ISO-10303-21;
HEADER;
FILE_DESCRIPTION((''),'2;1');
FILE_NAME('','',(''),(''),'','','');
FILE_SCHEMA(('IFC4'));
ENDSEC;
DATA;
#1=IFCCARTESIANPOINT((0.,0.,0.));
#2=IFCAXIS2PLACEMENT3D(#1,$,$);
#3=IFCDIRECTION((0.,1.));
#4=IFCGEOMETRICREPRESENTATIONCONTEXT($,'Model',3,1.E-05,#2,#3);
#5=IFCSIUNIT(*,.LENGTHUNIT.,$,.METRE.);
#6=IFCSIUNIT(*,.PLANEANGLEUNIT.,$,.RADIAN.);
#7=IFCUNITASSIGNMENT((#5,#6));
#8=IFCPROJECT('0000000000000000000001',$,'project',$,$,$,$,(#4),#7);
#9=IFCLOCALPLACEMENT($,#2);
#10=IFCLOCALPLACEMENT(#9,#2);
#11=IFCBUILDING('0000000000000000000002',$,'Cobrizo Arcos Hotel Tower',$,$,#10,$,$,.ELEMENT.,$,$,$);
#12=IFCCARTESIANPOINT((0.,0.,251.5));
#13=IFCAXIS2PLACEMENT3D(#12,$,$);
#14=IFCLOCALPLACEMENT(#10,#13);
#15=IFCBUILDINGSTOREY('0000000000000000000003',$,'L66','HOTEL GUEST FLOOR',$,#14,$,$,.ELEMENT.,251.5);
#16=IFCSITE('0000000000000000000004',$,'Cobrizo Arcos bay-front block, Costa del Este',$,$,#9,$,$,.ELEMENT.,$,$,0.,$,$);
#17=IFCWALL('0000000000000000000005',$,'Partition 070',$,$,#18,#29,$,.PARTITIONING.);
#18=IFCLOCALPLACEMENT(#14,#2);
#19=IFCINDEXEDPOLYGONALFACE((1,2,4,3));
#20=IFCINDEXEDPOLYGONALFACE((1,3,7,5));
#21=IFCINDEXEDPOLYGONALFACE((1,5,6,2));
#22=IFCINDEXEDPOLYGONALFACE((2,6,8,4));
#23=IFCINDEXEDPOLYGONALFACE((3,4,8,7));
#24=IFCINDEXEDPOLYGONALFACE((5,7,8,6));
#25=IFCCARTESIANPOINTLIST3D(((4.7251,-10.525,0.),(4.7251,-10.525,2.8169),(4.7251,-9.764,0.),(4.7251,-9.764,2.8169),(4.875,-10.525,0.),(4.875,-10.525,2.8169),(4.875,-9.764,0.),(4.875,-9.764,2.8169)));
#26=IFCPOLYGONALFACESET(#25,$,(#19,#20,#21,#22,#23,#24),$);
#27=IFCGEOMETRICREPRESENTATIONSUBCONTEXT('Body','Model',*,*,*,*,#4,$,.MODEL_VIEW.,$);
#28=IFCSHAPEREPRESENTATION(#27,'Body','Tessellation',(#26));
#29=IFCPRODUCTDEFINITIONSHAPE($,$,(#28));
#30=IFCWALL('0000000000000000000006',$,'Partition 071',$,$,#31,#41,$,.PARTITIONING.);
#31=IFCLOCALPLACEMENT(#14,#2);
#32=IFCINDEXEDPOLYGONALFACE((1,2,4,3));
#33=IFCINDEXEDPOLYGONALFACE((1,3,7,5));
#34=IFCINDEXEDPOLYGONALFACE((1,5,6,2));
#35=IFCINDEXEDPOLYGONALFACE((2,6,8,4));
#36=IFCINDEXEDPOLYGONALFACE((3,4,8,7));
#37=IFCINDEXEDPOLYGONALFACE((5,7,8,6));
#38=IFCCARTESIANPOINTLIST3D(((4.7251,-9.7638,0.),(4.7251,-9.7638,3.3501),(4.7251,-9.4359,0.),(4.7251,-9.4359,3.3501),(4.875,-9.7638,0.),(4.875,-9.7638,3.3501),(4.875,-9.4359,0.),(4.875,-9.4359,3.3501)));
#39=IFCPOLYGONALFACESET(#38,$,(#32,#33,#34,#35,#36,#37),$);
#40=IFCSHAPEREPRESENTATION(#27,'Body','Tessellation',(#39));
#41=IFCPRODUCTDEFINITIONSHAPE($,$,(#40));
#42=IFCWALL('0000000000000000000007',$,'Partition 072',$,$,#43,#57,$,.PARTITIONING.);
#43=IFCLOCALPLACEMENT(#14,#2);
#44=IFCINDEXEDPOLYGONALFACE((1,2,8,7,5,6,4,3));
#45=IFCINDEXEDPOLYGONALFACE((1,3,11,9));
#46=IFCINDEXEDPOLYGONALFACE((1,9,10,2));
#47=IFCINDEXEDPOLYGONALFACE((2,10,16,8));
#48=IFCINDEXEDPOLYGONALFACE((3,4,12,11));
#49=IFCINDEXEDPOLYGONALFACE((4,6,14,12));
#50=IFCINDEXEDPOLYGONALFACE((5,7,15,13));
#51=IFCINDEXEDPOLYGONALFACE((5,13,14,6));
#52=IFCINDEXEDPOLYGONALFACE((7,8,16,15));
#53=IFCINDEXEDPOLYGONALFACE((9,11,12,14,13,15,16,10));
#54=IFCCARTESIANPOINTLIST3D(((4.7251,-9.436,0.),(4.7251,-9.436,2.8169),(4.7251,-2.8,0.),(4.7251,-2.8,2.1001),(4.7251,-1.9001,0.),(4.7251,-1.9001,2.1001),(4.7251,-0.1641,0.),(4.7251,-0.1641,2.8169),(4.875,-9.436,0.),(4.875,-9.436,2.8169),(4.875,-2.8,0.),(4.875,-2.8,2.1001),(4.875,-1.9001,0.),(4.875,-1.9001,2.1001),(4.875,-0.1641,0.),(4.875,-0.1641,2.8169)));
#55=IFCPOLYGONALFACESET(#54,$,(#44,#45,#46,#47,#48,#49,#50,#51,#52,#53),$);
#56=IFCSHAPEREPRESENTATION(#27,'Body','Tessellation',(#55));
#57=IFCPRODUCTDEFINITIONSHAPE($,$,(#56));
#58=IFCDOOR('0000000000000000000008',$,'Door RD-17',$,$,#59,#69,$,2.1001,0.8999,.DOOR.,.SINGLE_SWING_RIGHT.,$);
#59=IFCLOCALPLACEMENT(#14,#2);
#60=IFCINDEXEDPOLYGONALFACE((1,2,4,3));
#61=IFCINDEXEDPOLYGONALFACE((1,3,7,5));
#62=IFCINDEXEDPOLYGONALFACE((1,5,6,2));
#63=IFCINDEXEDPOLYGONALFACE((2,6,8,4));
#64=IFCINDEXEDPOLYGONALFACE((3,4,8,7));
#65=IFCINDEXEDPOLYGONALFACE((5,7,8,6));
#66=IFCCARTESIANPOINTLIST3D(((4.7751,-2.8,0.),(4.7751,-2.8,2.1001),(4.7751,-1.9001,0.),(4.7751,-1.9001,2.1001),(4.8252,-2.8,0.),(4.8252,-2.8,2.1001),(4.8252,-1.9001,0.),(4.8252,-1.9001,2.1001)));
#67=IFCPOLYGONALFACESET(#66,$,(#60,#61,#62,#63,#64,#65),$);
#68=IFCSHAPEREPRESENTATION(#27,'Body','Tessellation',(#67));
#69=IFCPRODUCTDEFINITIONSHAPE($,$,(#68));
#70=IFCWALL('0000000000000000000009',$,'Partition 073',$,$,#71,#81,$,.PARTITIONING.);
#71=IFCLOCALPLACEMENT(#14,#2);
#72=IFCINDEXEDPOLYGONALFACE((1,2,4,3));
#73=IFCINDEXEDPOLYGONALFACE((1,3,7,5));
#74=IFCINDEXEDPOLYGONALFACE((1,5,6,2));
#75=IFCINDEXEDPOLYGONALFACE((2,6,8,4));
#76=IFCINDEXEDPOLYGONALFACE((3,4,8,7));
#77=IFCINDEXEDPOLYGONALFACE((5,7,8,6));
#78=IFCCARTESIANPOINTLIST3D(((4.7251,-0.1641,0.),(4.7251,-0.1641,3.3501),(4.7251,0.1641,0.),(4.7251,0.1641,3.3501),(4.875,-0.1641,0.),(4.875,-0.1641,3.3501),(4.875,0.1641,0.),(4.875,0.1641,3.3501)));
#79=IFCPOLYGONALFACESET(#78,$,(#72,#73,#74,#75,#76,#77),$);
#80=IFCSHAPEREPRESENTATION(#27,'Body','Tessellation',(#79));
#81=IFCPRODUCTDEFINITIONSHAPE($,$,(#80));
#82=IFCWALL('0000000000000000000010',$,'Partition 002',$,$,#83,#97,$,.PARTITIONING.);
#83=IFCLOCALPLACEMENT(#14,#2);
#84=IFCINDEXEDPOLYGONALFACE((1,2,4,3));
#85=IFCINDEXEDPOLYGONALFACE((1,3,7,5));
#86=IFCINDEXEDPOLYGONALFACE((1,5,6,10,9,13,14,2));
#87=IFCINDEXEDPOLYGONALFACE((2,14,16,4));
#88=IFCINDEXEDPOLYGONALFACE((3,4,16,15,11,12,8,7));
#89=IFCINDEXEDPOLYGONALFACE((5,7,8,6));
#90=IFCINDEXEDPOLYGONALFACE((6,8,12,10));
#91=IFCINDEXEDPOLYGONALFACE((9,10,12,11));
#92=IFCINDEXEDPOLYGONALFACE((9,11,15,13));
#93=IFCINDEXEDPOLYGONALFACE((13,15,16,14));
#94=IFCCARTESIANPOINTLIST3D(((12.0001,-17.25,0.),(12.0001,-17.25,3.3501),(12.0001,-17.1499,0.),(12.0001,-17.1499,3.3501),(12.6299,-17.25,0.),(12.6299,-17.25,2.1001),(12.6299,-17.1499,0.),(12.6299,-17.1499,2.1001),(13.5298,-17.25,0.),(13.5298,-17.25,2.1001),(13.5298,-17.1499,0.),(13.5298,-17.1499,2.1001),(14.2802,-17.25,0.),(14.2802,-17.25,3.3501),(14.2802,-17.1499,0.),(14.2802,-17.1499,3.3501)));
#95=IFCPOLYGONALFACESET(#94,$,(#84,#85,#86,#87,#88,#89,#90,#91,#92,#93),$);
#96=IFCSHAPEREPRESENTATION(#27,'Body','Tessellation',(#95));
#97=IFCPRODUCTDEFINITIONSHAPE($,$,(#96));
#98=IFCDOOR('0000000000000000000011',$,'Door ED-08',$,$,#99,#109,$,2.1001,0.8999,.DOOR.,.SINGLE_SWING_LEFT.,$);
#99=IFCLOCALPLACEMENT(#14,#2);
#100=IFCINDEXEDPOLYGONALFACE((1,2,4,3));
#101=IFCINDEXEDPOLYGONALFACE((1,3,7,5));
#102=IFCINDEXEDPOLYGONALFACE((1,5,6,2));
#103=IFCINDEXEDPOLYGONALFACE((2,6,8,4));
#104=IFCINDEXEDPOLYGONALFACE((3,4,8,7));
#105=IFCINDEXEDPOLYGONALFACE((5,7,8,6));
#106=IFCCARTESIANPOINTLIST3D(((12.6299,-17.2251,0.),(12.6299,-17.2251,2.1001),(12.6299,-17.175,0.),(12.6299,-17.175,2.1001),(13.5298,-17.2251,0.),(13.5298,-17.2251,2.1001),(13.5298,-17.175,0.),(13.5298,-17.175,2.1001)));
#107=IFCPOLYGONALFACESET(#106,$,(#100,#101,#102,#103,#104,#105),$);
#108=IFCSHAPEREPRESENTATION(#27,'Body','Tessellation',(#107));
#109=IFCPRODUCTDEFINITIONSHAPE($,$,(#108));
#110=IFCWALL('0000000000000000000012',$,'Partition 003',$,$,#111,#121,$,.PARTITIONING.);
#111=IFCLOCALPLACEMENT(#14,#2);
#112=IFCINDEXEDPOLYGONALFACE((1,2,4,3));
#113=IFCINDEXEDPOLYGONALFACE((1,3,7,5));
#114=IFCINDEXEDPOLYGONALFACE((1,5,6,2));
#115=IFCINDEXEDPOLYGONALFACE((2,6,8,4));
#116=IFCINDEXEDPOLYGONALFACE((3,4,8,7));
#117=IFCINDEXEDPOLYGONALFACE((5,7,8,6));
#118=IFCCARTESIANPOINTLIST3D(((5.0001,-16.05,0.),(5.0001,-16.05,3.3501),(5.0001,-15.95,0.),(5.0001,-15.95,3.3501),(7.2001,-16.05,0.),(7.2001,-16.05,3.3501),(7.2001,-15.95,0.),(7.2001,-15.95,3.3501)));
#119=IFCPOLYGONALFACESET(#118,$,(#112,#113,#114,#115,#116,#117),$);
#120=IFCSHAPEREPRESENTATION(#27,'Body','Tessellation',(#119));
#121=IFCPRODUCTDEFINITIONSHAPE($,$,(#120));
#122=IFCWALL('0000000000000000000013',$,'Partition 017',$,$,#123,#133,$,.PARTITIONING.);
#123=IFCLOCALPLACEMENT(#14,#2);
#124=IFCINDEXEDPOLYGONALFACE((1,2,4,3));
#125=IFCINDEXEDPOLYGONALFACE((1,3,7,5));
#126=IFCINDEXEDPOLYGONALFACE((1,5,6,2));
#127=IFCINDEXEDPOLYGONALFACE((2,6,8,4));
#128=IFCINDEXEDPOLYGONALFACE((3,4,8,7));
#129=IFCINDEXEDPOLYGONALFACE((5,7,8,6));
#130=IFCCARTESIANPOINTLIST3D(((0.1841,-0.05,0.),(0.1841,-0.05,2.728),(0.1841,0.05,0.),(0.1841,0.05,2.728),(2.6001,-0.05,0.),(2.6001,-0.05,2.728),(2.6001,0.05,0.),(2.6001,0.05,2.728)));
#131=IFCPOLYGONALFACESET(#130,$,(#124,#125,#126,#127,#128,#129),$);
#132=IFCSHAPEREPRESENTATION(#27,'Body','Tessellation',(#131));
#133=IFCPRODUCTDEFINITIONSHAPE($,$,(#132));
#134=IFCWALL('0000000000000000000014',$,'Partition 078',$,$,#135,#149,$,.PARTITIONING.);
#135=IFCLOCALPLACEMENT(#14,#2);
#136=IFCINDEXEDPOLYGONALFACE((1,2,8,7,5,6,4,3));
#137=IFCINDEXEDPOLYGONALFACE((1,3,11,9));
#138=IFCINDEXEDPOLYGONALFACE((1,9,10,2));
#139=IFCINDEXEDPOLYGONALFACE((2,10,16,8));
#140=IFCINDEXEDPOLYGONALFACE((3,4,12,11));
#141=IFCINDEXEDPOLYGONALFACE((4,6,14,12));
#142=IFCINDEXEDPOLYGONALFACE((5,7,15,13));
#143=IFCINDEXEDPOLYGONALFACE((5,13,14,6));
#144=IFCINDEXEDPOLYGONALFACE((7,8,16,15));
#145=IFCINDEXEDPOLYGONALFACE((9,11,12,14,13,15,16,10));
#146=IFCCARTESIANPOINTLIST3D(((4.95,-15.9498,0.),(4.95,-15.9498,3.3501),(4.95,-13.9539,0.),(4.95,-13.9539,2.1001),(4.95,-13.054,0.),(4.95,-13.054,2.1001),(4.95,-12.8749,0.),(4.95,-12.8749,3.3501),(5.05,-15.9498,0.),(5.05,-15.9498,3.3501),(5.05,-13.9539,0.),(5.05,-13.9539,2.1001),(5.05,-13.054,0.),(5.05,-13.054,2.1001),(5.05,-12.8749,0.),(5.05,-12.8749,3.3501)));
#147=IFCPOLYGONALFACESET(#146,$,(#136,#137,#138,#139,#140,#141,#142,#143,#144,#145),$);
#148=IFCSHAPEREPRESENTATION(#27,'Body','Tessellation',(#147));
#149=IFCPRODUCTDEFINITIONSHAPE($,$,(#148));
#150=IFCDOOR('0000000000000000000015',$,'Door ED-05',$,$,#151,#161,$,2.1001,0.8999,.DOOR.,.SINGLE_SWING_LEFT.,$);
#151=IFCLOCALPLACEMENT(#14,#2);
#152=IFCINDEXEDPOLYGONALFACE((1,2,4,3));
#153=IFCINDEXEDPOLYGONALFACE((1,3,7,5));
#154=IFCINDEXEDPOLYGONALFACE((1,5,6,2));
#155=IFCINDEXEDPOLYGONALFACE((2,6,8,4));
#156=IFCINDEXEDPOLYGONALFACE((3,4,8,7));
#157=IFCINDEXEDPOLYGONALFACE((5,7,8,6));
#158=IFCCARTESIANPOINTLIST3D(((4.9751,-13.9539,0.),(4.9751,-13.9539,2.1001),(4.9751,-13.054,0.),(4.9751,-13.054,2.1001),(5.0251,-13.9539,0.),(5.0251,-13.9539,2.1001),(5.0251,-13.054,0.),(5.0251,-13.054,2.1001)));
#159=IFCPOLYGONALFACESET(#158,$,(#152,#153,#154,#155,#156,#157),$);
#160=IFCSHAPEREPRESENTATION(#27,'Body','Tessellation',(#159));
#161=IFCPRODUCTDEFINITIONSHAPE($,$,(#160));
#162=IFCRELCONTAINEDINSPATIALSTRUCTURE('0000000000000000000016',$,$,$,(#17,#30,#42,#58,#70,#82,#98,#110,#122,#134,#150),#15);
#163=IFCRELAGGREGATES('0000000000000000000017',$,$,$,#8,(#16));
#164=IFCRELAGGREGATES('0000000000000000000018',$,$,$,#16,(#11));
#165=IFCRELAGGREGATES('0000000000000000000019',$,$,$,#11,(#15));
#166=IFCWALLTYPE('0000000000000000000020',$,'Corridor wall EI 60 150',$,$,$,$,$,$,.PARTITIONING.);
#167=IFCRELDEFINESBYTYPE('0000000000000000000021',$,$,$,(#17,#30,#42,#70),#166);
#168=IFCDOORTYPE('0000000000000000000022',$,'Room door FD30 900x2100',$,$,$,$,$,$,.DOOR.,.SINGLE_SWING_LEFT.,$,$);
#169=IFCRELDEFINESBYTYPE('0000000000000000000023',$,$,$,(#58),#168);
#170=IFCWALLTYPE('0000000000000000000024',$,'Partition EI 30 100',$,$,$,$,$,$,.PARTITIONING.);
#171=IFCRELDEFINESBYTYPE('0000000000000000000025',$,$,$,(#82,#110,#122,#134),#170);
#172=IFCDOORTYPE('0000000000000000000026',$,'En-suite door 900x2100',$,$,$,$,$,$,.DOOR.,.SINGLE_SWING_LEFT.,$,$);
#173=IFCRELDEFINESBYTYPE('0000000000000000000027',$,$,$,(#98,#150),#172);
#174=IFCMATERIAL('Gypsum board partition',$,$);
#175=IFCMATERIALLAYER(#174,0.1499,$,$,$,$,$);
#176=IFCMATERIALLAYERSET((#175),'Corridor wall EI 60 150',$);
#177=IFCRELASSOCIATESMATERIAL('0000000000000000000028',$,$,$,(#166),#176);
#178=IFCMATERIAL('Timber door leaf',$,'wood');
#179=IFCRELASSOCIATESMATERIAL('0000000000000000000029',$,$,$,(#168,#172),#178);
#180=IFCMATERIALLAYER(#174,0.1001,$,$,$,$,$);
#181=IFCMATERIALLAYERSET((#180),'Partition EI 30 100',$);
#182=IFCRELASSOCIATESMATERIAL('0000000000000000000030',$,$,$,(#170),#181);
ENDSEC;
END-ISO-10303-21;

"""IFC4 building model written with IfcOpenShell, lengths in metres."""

from ifc_helpers import new_model, si_unit, direction, frame, frame_2d, origin, place, context, subcontext, project, spatial, rectangle, extrude, material, layer, layer_set, type_object, element, fill, save


model = new_model("IFC4")

# Units and contexts
model_context = context("Model", 3, precision=1e-05, world=origin(), true_north=direction((0.0, 1.0)))
body_context = subcontext(model_context, "Body", "Model", "MODEL_VIEW")
ifc_project = project(units=[si_unit("LENGTHUNIT", "METRE"), si_unit("PLANEANGLEUNIT", "RADIAN")], contexts=[model_context])

# Site, building, storey
site_placement = place(None, origin())
site = spatial("IfcSite", under=ifc_project, at=site_placement, Name="Cobrizo Arcos bay-front block, Costa del Este", CompositionType="ELEMENT", RefElevation=0.0)
building_placement = place(site_placement, origin())
building = spatial("IfcBuilding", under=site, at=building_placement, Name="Cobrizo Arcos Hotel Tower", CompositionType="ELEMENT")
storey_placement = place(building_placement, frame((0.0, 0.0, 251.5)))
storey = spatial("IfcBuildingStorey", under=building, at=storey_placement, Name="L66", Description="HOTEL GUEST FLOOR", CompositionType="ELEMENT", Elevation=251.5)

# Walls
ifc_material_1 = material(Name="Gypsum board partition")
ifc_layer_1 = layer(ifc_material_1, 0.1499)
ifc_layer_set_1 = layer_set([ifc_layer_1], Name="Corridor wall EI 60 150")
wall_type_1 = type_object("IfcWallType", Name="Corridor wall EI 60 150", PredefinedType="PARTITIONING", material=ifc_layer_set_1)
wall_1_placement = place(storey_placement, frame((4.8, -10.5249, 0.0), z_axis=(0.0, 0.0, 1.0), x_axis=(0.0, 1.0, 0.0)))
element("IfcWall", 1, at=wall_1_placement, inside=storey, type_object=wall_type_1, Name="Partition 070", PredefinedType="PARTITIONING", context=body_context, shape_type="SweptSolid", body=[
    extrude(rectangle(XDim=0.761, YDim=0.1499, at=frame_2d((0.3804, 0.0))), origin(), (0.0, 0.0, 1.0), 2.8169),
])
wall_2_placement = place(storey_placement, frame((4.8, -9.7639, 0.0), z_axis=(0.0, 0.0, 1.0), x_axis=(0.0, 1.0, 0.0)))
element("IfcWall", 2, at=wall_2_placement, inside=storey, type_object=wall_type_1, Name="Partition 071", PredefinedType="PARTITIONING", context=body_context, shape_type="SweptSolid", body=[
    extrude(rectangle(XDim=0.3279, YDim=0.1499, at=frame_2d((0.1641, 0.0))), origin(), (0.0, 0.0, 1.0), 3.3501),
])

# Wall, opening, door
wall_3_placement = place(storey_placement, frame((4.8, -9.436, 0.0), z_axis=(0.0, 0.0, 1.0), x_axis=(0.0, 1.0, 0.0)))
wall_3 = element("IfcWall", 3, at=wall_3_placement, inside=storey, type_object=wall_type_1, Name="Partition 072", PredefinedType="PARTITIONING", context=body_context, shape_type="SweptSolid", body=[
    extrude(rectangle(XDim=9.272, YDim=0.1499, at=frame_2d((4.636, 0.0))), origin(), (0.0, 0.0, 1.0), 2.8169),
])
opening_1_placement = place(wall_3_placement, frame((6.636, 0.0, 0.0)))
opening_1 = element("IfcOpeningElement", 4, at=opening_1_placement, cuts=wall_3, PredefinedType="OPENING", context=body_context, shape_type="SweptSolid", body=[
    extrude(rectangle(XDim=0.8999, YDim=2.1001, at=frame_2d((0.45, 1.05))), frame((0.0, 0.0869, 0.0), z_axis=(0.0, -1.0, 0.0), x_axis=(1.0, 0.0, 0.0)), (0.0, 0.0, 1.0), 0.1738),
])
ifc_material_2 = material(Name="Timber door leaf", Category="wood")
door_type_1 = type_object("IfcDoorType", Name="Room door FD30 900x2100", OperationType="SINGLE_SWING_LEFT", PredefinedType="DOOR", material=ifc_material_2)
door_1_placement = place(opening_1_placement, origin())
door_1 = element("IfcDoor", 5, at=door_1_placement, inside=storey, type_object=door_type_1, Name="Door RD-17", OperationType="SINGLE_SWING_RIGHT", OverallHeight=2.1001, OverallWidth=0.8999, PredefinedType="DOOR", context=body_context, shape_type="SweptSolid", body=[
    extrude(rectangle(XDim=0.8999, YDim=2.1001, at=frame_2d((0.45, 1.05))), frame((0.0, 0.0249, 0.0), z_axis=(0.0, -1.0, 0.0), x_axis=(1.0, 0.0, 0.0)), (0.0, 0.0, 1.0), 0.05),
])
fill(opening_1, door_1)

# Wall
wall_4_placement = place(storey_placement, frame((4.8, -0.1641, 0.0), z_axis=(0.0, 0.0, 1.0), x_axis=(0.0, 1.0, 0.0)))
element("IfcWall", 6, at=wall_4_placement, inside=storey, type_object=wall_type_1, Name="Partition 073", PredefinedType="PARTITIONING", context=body_context, shape_type="SweptSolid", body=[
    extrude(rectangle(XDim=0.3281, YDim=0.1499, at=frame_2d((0.1641, 0.0))), origin(), (0.0, 0.0, 1.0), 3.3501),
])

# Wall, opening, door
ifc_layer_2 = layer(ifc_material_1, 0.1001)
ifc_layer_set_2 = layer_set([ifc_layer_2], Name="Partition EI 30 100")
wall_type_2 = type_object("IfcWallType", Name="Partition EI 30 100", PredefinedType="PARTITIONING", material=ifc_layer_set_2)
wall_5_placement = place(storey_placement, frame((12.0, -17.2, 0.0), z_axis=(0.0, 0.0, 1.0), x_axis=(1.0, 0.0, 0.0)))
wall_5 = element("IfcWall", 7, at=wall_5_placement, inside=storey, type_object=wall_type_2, Name="Partition 002", PredefinedType="PARTITIONING", context=body_context, shape_type="SweptSolid", body=[
    extrude(rectangle(XDim=2.28, YDim=0.1001, at=frame_2d((1.1401, 0.0))), origin(), (0.0, 0.0, 1.0), 3.3501),
])
opening_2_placement = place(wall_5_placement, frame((0.6299, 0.0, 0.0)))
opening_2 = element("IfcOpeningElement", 8, at=opening_2_placement, cuts=wall_5, PredefinedType="OPENING", context=body_context, shape_type="SweptSolid", body=[
    extrude(rectangle(XDim=0.8999, YDim=2.1001, at=frame_2d((0.45, 1.05))), frame((0.0, 0.062, 0.0), z_axis=(0.0, -1.0, 0.0), x_axis=(1.0, 0.0, 0.0)), (0.0, 0.0, 1.0), 0.124),
])
door_type_2 = type_object("IfcDoorType", Name="En-suite door 900x2100", OperationType="SINGLE_SWING_LEFT", PredefinedType="DOOR", material=ifc_material_2)
door_2_placement = place(opening_2_placement, origin())
door_2 = element("IfcDoor", 9, at=door_2_placement, inside=storey, type_object=door_type_2, Name="Door ED-08", OperationType="SINGLE_SWING_LEFT", OverallHeight=2.1001, OverallWidth=0.8999, PredefinedType="DOOR", context=body_context, shape_type="SweptSolid", body=[
    extrude(rectangle(XDim=0.8999, YDim=2.1001, at=frame_2d((0.45, 1.05))), frame((0.0, 0.0249, 0.0), z_axis=(0.0, -1.0, 0.0), x_axis=(1.0, 0.0, 0.0)), (0.0, 0.0, 1.0), 0.05),
])
fill(opening_2, door_2)

# Walls
wall_6_placement = place(storey_placement, frame((5.0, -16.0, 0.0), z_axis=(0.0, 0.0, 1.0), x_axis=(1.0, 0.0, 0.0)))
element("IfcWall", 10, at=wall_6_placement, inside=storey, type_object=wall_type_2, Name="Partition 003", PredefinedType="PARTITIONING", context=body_context, shape_type="SweptSolid", body=[
    extrude(rectangle(XDim=2.2, YDim=0.1001, at=frame_2d((1.1001, 0.0))), origin(), (0.0, 0.0, 1.0), 3.3501),
])
wall_7_placement = place(storey_placement, frame((0.1841, 0.0, 0.0), z_axis=(0.0, 0.0, 1.0), x_axis=(1.0, 0.0, 0.0)))
element("IfcWall", 11, at=wall_7_placement, inside=storey, type_object=wall_type_2, Name="Partition 017", PredefinedType="PARTITIONING", context=body_context, shape_type="SweptSolid", body=[
    extrude(rectangle(XDim=2.416, YDim=0.1001, at=frame_2d((1.208, 0.0))), origin(), (0.0, 0.0, 1.0), 2.728),
])

# Wall, opening, door
wall_8_placement = place(storey_placement, frame((5.0, -15.95, 0.0), z_axis=(0.0, 0.0, 1.0), x_axis=(0.0, 1.0, 0.0)))
wall_8 = element("IfcWall", 12, at=wall_8_placement, inside=storey, type_object=wall_type_2, Name="Partition 078", PredefinedType="PARTITIONING", context=body_context, shape_type="SweptSolid", body=[
    extrude(rectangle(XDim=3.075, YDim=0.1001, at=frame_2d((1.5376, 0.0))), origin(), (0.0, 0.0, 1.0), 3.3501),
])
opening_3_placement = place(wall_8_placement, frame((1.9961, 0.0, 0.0)))
opening_3 = element("IfcOpeningElement", 13, at=opening_3_placement, cuts=wall_8, PredefinedType="OPENING", context=body_context, shape_type="SweptSolid", body=[
    extrude(rectangle(XDim=0.8999, YDim=2.1001, at=frame_2d((0.45, 1.05))), frame((0.0, 0.062, 0.0), z_axis=(0.0, -1.0, 0.0), x_axis=(1.0, 0.0, 0.0)), (0.0, 0.0, 1.0), 0.124),
])
door_3_placement = place(opening_3_placement, origin())
door_3 = element("IfcDoor", 14, at=door_3_placement, inside=storey, type_object=door_type_2, Name="Door ED-05", OperationType="SINGLE_SWING_LEFT", OverallHeight=2.1001, OverallWidth=0.8999, PredefinedType="DOOR", context=body_context, shape_type="SweptSolid", body=[
    extrude(rectangle(XDim=0.8999, YDim=2.1001, at=frame_2d((0.45, 1.05))), frame((0.0, 0.0249, 0.0), z_axis=(0.0, -1.0, 0.0), x_axis=(1.0, 0.0, 0.0)), (0.0, 0.0, 1.0), 0.05),
])
fill(opening_3, door_3)

save(model, "model.ifc")
